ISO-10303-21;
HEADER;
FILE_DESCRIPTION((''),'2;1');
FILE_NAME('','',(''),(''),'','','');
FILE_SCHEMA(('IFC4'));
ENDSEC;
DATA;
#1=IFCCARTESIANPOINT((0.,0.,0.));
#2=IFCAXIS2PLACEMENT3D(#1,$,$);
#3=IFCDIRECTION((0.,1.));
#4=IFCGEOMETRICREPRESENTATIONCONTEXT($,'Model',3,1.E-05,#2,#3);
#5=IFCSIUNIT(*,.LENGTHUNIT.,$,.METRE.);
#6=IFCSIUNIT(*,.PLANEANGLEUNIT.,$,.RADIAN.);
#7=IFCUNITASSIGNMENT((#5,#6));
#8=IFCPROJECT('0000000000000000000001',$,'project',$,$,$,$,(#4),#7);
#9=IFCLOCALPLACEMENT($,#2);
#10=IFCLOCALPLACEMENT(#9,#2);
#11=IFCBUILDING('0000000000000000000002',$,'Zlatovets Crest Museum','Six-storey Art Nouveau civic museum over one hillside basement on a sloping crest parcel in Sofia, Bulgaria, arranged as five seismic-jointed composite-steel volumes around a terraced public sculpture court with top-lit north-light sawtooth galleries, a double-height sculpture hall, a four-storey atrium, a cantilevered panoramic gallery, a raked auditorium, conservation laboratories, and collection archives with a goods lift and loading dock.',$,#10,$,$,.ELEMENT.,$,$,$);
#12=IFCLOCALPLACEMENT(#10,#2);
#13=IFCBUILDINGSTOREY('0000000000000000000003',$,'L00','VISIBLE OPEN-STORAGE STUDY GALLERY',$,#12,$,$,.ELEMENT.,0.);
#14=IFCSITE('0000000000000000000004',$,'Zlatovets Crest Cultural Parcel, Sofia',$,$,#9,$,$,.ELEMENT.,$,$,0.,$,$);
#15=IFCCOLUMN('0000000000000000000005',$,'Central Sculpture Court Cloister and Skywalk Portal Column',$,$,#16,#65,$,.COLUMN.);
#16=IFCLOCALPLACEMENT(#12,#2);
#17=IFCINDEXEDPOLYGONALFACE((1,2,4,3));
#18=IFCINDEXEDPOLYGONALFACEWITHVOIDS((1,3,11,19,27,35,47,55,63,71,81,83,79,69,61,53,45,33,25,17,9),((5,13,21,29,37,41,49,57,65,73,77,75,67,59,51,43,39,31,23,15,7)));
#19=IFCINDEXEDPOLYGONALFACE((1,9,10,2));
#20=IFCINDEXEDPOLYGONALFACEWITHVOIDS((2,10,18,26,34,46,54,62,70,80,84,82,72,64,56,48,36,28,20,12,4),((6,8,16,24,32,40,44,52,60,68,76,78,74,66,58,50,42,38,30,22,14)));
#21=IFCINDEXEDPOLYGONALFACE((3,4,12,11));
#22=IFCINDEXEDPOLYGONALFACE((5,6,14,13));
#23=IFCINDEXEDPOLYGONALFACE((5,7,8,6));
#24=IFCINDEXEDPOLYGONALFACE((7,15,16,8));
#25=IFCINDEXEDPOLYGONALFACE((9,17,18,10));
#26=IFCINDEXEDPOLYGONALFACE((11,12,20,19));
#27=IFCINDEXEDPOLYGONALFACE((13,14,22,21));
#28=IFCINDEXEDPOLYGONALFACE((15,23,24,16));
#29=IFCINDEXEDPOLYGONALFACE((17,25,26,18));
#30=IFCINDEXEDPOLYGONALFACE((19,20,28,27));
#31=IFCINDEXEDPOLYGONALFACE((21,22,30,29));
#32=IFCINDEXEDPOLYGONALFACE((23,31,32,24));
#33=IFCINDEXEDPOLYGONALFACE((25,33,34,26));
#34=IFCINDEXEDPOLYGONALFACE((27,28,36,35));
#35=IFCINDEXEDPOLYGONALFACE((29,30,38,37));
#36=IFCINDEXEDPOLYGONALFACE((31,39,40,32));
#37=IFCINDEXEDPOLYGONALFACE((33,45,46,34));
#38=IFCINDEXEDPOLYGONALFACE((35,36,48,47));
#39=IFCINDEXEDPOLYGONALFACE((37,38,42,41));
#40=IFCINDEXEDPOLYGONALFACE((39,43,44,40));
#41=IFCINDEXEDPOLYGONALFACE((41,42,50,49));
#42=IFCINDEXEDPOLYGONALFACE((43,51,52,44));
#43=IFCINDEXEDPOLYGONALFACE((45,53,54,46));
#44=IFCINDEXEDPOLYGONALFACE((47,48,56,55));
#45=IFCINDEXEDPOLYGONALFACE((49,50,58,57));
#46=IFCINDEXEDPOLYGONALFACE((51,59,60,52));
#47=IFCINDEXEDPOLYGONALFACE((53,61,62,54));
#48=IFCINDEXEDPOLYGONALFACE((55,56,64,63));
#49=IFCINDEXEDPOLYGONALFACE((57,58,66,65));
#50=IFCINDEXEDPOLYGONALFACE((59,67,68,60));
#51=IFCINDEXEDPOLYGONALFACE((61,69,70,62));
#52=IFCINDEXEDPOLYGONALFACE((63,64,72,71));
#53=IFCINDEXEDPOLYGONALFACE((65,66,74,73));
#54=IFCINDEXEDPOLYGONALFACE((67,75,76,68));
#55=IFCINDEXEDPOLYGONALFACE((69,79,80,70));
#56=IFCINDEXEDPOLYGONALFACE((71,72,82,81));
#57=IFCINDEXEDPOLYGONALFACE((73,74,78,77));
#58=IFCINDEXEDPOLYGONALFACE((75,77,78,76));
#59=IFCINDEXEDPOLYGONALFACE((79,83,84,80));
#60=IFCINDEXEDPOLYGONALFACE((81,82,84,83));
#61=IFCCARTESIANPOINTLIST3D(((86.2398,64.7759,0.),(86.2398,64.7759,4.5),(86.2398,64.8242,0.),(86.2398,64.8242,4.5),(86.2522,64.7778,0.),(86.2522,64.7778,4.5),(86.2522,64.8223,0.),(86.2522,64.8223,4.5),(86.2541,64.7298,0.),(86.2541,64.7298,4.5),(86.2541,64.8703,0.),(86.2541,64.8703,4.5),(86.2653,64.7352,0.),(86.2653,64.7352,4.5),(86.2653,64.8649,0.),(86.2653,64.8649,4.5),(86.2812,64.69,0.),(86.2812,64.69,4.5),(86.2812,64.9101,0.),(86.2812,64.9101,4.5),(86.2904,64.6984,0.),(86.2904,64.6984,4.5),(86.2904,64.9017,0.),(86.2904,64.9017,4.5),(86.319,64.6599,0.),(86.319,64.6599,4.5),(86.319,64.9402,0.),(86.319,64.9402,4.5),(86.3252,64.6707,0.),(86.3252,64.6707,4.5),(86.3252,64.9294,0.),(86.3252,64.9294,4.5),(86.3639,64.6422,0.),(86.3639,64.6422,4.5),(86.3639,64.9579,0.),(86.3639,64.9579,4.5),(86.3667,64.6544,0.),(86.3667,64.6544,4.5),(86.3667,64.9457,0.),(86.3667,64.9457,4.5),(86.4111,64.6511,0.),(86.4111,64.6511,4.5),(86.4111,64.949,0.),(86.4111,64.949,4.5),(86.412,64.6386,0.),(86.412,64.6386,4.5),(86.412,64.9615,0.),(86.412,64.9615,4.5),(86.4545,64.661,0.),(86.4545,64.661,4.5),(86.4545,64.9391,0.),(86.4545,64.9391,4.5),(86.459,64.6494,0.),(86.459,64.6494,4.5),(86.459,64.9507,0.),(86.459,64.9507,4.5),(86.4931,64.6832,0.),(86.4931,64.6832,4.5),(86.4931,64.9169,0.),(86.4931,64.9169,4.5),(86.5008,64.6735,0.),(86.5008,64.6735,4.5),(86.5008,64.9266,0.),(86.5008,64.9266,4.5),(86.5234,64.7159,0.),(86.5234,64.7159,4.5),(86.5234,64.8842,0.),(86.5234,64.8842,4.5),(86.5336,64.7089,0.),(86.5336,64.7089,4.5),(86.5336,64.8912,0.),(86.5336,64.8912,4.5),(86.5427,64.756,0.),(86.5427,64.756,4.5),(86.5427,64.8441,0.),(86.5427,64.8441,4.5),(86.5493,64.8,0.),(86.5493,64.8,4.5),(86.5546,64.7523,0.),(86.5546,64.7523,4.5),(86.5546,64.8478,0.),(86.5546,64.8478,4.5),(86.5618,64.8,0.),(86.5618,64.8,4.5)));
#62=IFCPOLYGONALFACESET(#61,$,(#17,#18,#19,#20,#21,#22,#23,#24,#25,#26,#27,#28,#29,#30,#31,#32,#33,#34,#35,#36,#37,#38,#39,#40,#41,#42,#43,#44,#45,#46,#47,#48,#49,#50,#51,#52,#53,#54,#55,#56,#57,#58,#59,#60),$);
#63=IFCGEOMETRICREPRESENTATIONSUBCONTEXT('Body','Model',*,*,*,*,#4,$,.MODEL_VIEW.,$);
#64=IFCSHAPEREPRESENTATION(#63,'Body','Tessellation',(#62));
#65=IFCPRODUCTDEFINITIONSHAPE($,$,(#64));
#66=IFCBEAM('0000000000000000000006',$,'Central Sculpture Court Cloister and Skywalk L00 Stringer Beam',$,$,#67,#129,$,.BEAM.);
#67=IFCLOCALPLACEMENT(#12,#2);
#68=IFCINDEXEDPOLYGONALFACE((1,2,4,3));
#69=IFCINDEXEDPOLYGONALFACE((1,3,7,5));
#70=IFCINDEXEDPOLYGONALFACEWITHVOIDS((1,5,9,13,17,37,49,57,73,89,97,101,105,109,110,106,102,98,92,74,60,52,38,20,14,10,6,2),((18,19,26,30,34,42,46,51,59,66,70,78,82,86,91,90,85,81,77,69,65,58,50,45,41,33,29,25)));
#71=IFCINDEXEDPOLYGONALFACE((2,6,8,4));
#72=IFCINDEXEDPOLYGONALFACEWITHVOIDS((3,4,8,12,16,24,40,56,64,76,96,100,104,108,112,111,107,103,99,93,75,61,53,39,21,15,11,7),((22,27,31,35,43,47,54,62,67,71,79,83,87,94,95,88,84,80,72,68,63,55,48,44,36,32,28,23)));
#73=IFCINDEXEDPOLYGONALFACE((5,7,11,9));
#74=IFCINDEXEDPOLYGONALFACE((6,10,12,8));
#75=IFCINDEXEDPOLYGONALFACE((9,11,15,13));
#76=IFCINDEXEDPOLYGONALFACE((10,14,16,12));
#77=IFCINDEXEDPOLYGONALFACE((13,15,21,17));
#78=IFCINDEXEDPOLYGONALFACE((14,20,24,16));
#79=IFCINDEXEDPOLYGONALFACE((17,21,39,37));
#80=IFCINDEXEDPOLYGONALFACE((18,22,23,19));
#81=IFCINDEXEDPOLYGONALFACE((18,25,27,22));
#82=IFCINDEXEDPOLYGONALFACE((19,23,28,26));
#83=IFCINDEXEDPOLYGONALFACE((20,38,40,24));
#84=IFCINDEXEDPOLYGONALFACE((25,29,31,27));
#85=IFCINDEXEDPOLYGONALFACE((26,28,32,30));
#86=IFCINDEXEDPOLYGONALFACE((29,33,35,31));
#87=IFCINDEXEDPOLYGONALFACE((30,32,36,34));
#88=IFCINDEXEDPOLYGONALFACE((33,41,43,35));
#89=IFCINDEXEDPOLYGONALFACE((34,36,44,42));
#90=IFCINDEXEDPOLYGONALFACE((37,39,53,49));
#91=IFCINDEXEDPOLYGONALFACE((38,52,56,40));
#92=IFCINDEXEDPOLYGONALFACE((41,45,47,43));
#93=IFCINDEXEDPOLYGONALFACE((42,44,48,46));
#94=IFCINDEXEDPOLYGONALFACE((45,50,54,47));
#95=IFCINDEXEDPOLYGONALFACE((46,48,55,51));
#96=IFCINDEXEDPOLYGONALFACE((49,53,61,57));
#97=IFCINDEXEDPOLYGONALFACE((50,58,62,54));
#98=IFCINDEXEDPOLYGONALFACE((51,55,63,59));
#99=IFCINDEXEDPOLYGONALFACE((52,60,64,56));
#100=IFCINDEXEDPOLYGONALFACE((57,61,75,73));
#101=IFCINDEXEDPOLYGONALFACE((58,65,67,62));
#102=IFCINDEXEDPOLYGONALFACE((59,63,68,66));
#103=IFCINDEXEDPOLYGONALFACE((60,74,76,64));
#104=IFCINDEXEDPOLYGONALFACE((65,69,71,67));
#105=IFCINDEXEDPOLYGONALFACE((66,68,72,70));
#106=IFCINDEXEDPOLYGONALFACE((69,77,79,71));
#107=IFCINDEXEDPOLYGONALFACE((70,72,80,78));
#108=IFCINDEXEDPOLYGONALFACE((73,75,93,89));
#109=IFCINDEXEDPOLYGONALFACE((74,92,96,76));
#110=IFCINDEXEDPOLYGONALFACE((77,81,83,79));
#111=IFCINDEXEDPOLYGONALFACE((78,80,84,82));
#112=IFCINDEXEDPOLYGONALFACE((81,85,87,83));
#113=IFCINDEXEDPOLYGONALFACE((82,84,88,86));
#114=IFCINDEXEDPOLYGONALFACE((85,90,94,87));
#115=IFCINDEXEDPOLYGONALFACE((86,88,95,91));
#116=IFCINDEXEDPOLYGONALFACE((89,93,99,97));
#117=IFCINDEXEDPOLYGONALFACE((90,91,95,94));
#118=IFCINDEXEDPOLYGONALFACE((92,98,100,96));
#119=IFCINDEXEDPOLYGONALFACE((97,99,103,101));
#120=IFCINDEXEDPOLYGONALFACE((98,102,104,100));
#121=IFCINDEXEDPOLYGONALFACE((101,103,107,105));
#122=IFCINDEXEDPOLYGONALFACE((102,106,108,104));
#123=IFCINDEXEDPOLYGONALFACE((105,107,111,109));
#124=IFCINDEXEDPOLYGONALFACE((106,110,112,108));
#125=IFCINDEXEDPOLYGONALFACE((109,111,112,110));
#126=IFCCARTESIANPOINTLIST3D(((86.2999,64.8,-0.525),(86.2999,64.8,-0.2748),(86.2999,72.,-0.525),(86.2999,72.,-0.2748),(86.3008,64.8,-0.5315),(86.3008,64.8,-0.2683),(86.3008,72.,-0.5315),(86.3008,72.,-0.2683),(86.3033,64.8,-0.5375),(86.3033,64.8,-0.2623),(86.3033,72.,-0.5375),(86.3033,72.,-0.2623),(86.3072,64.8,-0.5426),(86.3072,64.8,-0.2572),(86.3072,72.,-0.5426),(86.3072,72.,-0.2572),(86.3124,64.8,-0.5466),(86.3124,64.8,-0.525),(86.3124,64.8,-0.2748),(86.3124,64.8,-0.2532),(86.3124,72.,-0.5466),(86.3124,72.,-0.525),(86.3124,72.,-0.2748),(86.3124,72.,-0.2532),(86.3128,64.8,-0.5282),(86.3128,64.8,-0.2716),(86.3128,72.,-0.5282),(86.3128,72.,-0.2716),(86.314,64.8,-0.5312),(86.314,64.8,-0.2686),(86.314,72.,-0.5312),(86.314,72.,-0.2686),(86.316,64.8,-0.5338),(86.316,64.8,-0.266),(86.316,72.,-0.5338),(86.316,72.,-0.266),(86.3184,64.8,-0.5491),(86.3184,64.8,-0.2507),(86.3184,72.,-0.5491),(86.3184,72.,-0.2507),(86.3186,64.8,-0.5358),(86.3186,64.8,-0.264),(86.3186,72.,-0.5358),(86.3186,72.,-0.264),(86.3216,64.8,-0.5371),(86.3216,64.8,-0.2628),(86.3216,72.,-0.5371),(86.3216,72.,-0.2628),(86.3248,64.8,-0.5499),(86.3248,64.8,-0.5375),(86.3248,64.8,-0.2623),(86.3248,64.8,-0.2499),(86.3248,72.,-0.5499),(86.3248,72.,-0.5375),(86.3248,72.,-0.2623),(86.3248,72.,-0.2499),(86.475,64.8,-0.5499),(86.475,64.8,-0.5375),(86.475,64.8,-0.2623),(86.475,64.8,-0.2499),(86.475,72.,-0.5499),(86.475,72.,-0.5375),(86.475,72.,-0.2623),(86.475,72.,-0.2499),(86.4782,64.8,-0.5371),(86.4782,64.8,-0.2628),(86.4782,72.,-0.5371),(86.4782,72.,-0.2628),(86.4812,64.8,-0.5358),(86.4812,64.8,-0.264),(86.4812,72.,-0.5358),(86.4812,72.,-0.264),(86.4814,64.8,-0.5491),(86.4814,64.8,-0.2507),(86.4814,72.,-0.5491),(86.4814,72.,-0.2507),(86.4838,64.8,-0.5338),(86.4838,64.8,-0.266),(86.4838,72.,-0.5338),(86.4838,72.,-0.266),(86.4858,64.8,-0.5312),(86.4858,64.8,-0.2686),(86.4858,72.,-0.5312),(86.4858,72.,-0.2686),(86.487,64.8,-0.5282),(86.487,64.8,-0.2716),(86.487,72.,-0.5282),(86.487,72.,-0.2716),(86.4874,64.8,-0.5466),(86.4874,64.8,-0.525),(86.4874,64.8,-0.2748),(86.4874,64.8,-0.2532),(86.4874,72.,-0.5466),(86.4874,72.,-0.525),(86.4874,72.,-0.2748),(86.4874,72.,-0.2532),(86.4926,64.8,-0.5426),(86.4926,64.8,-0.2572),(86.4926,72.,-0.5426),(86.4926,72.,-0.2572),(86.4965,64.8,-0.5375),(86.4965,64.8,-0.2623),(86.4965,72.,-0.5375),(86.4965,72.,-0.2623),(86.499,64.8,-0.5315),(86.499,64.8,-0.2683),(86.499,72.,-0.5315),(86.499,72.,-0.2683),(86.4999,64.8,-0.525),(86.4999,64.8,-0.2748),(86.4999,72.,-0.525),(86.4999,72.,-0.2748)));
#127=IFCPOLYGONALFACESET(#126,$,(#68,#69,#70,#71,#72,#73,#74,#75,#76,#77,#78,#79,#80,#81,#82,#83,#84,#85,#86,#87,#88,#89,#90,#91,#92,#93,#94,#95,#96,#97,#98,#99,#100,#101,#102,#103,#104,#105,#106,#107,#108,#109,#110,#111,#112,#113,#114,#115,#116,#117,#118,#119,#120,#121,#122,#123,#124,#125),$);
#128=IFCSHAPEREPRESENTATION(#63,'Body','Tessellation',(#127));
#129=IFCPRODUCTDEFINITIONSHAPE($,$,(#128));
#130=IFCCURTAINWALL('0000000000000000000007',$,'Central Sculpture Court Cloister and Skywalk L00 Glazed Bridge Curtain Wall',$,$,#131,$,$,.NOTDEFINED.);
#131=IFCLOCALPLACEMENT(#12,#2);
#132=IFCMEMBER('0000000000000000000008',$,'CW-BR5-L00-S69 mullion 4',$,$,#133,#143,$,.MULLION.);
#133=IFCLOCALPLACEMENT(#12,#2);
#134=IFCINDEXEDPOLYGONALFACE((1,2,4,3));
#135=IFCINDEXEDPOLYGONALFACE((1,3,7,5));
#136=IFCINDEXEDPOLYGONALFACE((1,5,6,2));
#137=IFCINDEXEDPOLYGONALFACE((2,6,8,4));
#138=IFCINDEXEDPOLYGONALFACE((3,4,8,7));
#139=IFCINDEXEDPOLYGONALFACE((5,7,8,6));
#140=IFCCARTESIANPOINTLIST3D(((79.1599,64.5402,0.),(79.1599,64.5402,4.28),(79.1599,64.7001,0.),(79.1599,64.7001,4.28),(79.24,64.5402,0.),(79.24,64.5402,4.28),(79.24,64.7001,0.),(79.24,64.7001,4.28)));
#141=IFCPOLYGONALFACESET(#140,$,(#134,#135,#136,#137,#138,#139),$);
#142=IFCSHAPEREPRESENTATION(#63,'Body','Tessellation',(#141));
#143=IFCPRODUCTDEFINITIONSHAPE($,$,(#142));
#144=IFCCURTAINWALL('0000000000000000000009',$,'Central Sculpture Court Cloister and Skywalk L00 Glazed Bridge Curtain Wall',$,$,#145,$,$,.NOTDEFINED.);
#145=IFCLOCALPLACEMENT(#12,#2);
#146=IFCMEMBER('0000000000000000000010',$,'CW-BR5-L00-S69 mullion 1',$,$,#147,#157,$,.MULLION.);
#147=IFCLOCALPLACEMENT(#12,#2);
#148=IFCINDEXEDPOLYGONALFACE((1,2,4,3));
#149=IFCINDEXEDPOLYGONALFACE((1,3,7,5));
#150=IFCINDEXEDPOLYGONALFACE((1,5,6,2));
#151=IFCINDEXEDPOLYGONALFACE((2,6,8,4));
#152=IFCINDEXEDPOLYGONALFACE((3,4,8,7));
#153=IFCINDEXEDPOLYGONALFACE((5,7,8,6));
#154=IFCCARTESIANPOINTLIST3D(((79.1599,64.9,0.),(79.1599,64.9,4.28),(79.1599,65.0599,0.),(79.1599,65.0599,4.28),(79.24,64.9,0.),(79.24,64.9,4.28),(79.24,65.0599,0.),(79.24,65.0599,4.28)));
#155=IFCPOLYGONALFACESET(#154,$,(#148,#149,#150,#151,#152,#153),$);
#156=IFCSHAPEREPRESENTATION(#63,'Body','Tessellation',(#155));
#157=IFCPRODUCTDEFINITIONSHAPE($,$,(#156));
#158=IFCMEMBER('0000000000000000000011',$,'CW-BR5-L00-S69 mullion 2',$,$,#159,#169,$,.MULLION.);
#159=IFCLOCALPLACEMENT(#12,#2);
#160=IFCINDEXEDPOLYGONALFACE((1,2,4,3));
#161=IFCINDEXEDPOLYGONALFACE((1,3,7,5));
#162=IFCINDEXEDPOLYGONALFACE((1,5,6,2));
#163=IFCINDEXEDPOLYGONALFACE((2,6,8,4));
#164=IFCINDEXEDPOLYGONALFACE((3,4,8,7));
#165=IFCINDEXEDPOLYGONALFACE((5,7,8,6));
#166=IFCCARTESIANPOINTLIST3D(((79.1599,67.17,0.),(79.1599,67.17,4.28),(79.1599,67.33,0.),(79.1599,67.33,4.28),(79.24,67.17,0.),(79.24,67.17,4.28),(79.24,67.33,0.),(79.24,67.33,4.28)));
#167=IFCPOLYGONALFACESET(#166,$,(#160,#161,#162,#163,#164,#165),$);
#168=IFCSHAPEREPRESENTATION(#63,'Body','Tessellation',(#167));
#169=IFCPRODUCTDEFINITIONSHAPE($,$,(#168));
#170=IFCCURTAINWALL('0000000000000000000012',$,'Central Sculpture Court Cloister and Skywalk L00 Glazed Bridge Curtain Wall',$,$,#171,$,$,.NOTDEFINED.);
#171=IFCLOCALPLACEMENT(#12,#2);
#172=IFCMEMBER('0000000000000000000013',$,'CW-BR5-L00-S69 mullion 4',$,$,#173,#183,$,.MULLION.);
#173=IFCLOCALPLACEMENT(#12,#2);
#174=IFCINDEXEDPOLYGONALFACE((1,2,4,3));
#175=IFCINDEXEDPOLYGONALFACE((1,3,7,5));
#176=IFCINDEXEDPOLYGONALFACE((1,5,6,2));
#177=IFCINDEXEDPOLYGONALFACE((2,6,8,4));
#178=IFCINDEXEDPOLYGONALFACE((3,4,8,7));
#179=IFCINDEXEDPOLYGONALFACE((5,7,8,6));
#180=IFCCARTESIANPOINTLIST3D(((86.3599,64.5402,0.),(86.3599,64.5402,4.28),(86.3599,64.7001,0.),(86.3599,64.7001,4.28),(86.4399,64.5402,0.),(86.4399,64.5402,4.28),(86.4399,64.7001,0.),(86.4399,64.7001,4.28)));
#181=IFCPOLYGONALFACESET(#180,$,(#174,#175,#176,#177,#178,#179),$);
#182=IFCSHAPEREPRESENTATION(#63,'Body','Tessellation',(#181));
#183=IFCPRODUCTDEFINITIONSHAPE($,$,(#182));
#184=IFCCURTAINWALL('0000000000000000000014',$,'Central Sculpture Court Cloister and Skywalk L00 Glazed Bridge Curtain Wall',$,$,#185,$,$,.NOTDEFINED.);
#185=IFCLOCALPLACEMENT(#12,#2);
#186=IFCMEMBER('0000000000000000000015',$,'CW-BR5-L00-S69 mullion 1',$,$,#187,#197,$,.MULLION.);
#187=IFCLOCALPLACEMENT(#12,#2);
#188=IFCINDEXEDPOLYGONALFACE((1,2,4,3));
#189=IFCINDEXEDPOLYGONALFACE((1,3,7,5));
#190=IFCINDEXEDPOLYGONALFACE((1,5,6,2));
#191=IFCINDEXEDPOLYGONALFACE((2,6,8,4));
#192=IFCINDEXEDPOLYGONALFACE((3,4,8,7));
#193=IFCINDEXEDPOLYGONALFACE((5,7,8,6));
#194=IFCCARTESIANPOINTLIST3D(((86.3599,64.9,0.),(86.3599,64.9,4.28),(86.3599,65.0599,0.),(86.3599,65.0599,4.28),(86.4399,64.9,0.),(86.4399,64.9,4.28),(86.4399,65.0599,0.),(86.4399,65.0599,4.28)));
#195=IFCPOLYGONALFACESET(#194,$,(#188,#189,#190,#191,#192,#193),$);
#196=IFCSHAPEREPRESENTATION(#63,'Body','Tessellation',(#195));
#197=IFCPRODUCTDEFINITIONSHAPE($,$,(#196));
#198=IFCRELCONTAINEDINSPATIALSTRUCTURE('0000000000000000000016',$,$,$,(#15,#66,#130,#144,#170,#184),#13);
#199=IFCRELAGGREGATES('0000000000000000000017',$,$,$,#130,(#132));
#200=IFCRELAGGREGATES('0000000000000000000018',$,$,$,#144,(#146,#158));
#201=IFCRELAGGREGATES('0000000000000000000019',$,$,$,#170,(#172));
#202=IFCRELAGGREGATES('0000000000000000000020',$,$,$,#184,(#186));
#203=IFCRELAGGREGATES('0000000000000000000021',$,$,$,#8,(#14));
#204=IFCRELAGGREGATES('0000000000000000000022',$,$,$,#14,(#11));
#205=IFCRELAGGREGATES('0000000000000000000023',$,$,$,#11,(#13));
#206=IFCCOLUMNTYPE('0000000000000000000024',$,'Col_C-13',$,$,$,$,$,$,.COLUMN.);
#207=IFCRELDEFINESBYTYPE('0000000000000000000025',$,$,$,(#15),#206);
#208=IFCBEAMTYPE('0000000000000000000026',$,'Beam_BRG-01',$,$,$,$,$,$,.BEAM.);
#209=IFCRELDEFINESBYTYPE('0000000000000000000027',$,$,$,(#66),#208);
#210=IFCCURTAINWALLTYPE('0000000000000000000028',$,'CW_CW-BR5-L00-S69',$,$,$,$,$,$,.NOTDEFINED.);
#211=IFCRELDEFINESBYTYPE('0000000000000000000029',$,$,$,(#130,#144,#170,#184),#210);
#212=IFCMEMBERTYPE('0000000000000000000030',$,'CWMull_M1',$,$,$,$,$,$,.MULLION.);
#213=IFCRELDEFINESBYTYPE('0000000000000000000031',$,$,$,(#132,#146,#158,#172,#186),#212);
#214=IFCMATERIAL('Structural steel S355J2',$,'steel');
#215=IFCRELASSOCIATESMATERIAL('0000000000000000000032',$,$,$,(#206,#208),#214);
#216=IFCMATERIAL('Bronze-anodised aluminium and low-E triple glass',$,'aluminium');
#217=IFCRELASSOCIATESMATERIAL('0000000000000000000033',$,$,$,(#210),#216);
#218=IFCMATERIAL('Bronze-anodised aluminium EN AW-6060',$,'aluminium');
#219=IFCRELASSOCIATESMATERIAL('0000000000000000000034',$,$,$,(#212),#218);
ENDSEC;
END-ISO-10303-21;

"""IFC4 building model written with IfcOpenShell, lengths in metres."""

from ifc_helpers import new_model, si_unit, direction, frame, origin, origin_2d, place, context, subcontext, project, spatial, rectangle, hollow_rectangle, hollow_circle, extrude, material, material_profile, profile_set, type_object, element, aggregate, save


model = new_model("IFC4")

# Units and contexts
model_context = context("Model", 3, precision=1e-05, world=origin(), true_north=direction((0.0, 1.0)))
body_context = subcontext(model_context, "Body", "Model", "MODEL_VIEW")
ifc_project = project(units=[si_unit("LENGTHUNIT", "METRE"), si_unit("PLANEANGLEUNIT", "RADIAN")], contexts=[model_context])

# Site, building, storey
site_placement = place(None, origin())
site = spatial("IfcSite", under=ifc_project, at=site_placement, Name="Zlatovets Crest Cultural Parcel, Sofia", CompositionType="ELEMENT", RefElevation=0.0)
building_placement = place(site_placement, origin())
building = spatial("IfcBuilding", under=site, at=building_placement, Name="Zlatovets Crest Museum", Description="Six-storey Art Nouveau civic museum over one hillside basement on a sloping crest parcel in Sofia, Bulgaria, arranged as five seismic-jointed composite-steel volumes around a terraced public sculpture court with top-lit north-light sawtooth galleries, a double-height sculpture hall, a four-storey atrium, a cantilevered panoramic gallery, a raked auditorium, conservation laboratories, and collection archives with a goods lift and loading dock.", CompositionType="ELEMENT")
storey_placement = place(building_placement, origin())
storey = spatial("IfcBuildingStorey", under=building, at=storey_placement, Name="L00", Description="VISIBLE OPEN-STORAGE STUDY GALLERY", CompositionType="ELEMENT", Elevation=0.0)

# Column
ifc_material_1 = material(Name="Structural steel S355J2", Category="steel")
ifc_material_profile_1 = material_profile(ifc_material_1, hollow_circle(Radius=0.1619, WallThickness=0.0125, at=origin_2d()), Name="CHS 323.9x12.5")
ifc_profile_set_1 = profile_set([ifc_material_profile_1], Name="Structural steel S355J2")
column_type = type_object("IfcColumnType", Name="Col_C-13", PredefinedType="COLUMN", material=ifc_profile_set_1)
column_placement = place(storey_placement, frame((86.3999, 64.8, 0.0), z_axis=(0.0, 0.0, 1.0), x_axis=(1.0, 0.0, 0.0)))
element("IfcColumn", 1, at=column_placement, inside=storey, type_object=column_type, Name="Central Sculpture Court Cloister and Skywalk Portal Column", PredefinedType="COLUMN", context=body_context, shape_type="SweptSolid", body=[
    extrude(hollow_circle(Radius=0.1619, WallThickness=0.0125, at=origin_2d()), origin(), (0.0, 0.0, 1.0), 4.5),
])

# Beam
ifc_material_profile_2 = material_profile(ifc_material_1, hollow_rectangle(XDim=0.2, YDim=0.3, WallThickness=0.0125, InnerFilletRadius=0.0125, OuterFilletRadius=0.0249, at=origin_2d()), Name="RHS 200x300x12.5")
ifc_profile_set_2 = profile_set([ifc_material_profile_2], Name="Structural steel S355J2")
beam_type = type_object("IfcBeamType", Name="Beam_BRG-01", PredefinedType="BEAM", material=ifc_profile_set_2)
beam_placement = place(storey_placement, frame((86.3999, 64.8, -0.3999), z_axis=(0.0, 1.0, 0.0), x_axis=(-1.0, 0.0, 0.0)))
element("IfcBeam", 2, at=beam_placement, inside=storey, type_object=beam_type, Name="Central Sculpture Court Cloister and Skywalk L00 Stringer Beam", PredefinedType="BEAM", context=body_context, shape_type="SweptSolid", body=[
    extrude(hollow_rectangle(XDim=0.2, YDim=0.3, WallThickness=0.0125, InnerFilletRadius=0.0125, OuterFilletRadius=0.0249, at=origin_2d()), origin(), (0.0, 0.0, 1.0), 7.2),
])

# Curtain wall, member
ifc_material_2 = material(Name="Bronze-anodised aluminium and low-E triple glass", Category="aluminium")
curtain_wall_type = type_object("IfcCurtainWallType", Name="CW_CW-BR5-L00-S69", PredefinedType="NOTDEFINED", material=ifc_material_2)
curtain_wall_1_placement = place(storey_placement, origin())
curtain_wall_1 = element("IfcCurtainWall", 3, at=curtain_wall_1_placement, inside=storey, type_object=curtain_wall_type, Name="Central Sculpture Court Cloister and Skywalk L00 Glazed Bridge Curtain Wall", PredefinedType="NOTDEFINED")
ifc_material_3 = material(Name="Bronze-anodised aluminium EN AW-6060", Category="aluminium")
ifc_material_profile_3 = material_profile(ifc_material_3, rectangle(XDim=0.0801, YDim=0.1599, at=origin_2d()), Name="ALU 80x160")
ifc_profile_set_3 = profile_set([ifc_material_profile_3], Name="Bronze-anodised aluminium EN AW-6060")
member_type_1 = type_object("IfcMemberType", Name="CWMull_M1", PredefinedType="MULLION", material=ifc_profile_set_3)
member_1_placement = place(storey_placement, frame((79.2, 64.6201, 0.0), z_axis=(0.0, 0.0, 1.0), x_axis=(-1.0, 0.0, 0.0)))
member_1 = element("IfcMember", 4, at=member_1_placement, type_object=member_type_1, Name="CW-BR5-L00-S69 mullion 4", PredefinedType="MULLION", context=body_context, shape_type="SweptSolid", body=[
    extrude(rectangle(XDim=0.0801, YDim=0.1599, at=origin_2d()), origin(), (0.0, 0.0, 1.0), 4.28),
])

# Curtain wall, members
curtain_wall_2_placement = place(storey_placement, origin())
curtain_wall_2 = element("IfcCurtainWall", 5, at=curtain_wall_2_placement, inside=storey, type_object=curtain_wall_type, Name="Central Sculpture Court Cloister and Skywalk L00 Glazed Bridge Curtain Wall", PredefinedType="NOTDEFINED")
member_2_placement = place(storey_placement, frame((79.2, 64.98, 0.0), z_axis=(0.0, 0.0, 1.0), x_axis=(-1.0, 0.0, 0.0)))
member_2 = element("IfcMember", 6, at=member_2_placement, type_object=member_type_1, Name="CW-BR5-L00-S69 mullion 1", PredefinedType="MULLION", context=body_context, shape_type="SweptSolid", body=[
    extrude(rectangle(XDim=0.0801, YDim=0.1599, at=origin_2d()), origin(), (0.0, 0.0, 1.0), 4.28),
])
member_3_placement = place(storey_placement, frame((79.2, 67.25, 0.0), z_axis=(0.0, 0.0, 1.0), x_axis=(-1.0, 0.0, 0.0)))
member_3 = element("IfcMember", 7, at=member_3_placement, type_object=member_type_1, Name="CW-BR5-L00-S69 mullion 2", PredefinedType="MULLION", context=body_context, shape_type="SweptSolid", body=[
    extrude(rectangle(XDim=0.0801, YDim=0.1599, at=origin_2d()), origin(), (0.0, 0.0, 1.0), 4.28),
])

# Curtain wall, member
curtain_wall_3_placement = place(storey_placement, origin())
curtain_wall_3 = element("IfcCurtainWall", 8, at=curtain_wall_3_placement, inside=storey, type_object=curtain_wall_type, Name="Central Sculpture Court Cloister and Skywalk L00 Glazed Bridge Curtain Wall", PredefinedType="NOTDEFINED")
member_4_placement = place(storey_placement, frame((86.3999, 64.6201, 0.0), z_axis=(0.0, 0.0, 1.0), x_axis=(-1.0, 0.0, 0.0)))
member_4 = element("IfcMember", 9, at=member_4_placement, type_object=member_type_1, Name="CW-BR5-L00-S69 mullion 4", PredefinedType="MULLION", context=body_context, shape_type="SweptSolid", body=[
    extrude(rectangle(XDim=0.0801, YDim=0.1599, at=origin_2d()), origin(), (0.0, 0.0, 1.0), 4.28),
])

# Curtain wall, member
curtain_wall_4_placement = place(storey_placement, origin())
curtain_wall_4 = element("IfcCurtainWall", 10, at=curtain_wall_4_placement, inside=storey, type_object=curtain_wall_type, Name="Central Sculpture Court Cloister and Skywalk L00 Glazed Bridge Curtain Wall", PredefinedType="NOTDEFINED")
member_5_placement = place(storey_placement, frame((86.3999, 64.98, 0.0), z_axis=(0.0, 0.0, 1.0), x_axis=(-1.0, 0.0, 0.0)))
member_5 = element("IfcMember", 11, at=member_5_placement, type_object=member_type_1, Name="CW-BR5-L00-S69 mullion 1", PredefinedType="MULLION", context=body_context, shape_type="SweptSolid", body=[
    extrude(rectangle(XDim=0.0801, YDim=0.1599, at=origin_2d()), origin(), (0.0, 0.0, 1.0), 4.28),
])

aggregate(curtain_wall_1, [member_1])
aggregate(curtain_wall_2, [member_2, member_3])
aggregate(curtain_wall_3, [member_4])
aggregate(curtain_wall_4, [member_5])

save(model, "model.ifc")
